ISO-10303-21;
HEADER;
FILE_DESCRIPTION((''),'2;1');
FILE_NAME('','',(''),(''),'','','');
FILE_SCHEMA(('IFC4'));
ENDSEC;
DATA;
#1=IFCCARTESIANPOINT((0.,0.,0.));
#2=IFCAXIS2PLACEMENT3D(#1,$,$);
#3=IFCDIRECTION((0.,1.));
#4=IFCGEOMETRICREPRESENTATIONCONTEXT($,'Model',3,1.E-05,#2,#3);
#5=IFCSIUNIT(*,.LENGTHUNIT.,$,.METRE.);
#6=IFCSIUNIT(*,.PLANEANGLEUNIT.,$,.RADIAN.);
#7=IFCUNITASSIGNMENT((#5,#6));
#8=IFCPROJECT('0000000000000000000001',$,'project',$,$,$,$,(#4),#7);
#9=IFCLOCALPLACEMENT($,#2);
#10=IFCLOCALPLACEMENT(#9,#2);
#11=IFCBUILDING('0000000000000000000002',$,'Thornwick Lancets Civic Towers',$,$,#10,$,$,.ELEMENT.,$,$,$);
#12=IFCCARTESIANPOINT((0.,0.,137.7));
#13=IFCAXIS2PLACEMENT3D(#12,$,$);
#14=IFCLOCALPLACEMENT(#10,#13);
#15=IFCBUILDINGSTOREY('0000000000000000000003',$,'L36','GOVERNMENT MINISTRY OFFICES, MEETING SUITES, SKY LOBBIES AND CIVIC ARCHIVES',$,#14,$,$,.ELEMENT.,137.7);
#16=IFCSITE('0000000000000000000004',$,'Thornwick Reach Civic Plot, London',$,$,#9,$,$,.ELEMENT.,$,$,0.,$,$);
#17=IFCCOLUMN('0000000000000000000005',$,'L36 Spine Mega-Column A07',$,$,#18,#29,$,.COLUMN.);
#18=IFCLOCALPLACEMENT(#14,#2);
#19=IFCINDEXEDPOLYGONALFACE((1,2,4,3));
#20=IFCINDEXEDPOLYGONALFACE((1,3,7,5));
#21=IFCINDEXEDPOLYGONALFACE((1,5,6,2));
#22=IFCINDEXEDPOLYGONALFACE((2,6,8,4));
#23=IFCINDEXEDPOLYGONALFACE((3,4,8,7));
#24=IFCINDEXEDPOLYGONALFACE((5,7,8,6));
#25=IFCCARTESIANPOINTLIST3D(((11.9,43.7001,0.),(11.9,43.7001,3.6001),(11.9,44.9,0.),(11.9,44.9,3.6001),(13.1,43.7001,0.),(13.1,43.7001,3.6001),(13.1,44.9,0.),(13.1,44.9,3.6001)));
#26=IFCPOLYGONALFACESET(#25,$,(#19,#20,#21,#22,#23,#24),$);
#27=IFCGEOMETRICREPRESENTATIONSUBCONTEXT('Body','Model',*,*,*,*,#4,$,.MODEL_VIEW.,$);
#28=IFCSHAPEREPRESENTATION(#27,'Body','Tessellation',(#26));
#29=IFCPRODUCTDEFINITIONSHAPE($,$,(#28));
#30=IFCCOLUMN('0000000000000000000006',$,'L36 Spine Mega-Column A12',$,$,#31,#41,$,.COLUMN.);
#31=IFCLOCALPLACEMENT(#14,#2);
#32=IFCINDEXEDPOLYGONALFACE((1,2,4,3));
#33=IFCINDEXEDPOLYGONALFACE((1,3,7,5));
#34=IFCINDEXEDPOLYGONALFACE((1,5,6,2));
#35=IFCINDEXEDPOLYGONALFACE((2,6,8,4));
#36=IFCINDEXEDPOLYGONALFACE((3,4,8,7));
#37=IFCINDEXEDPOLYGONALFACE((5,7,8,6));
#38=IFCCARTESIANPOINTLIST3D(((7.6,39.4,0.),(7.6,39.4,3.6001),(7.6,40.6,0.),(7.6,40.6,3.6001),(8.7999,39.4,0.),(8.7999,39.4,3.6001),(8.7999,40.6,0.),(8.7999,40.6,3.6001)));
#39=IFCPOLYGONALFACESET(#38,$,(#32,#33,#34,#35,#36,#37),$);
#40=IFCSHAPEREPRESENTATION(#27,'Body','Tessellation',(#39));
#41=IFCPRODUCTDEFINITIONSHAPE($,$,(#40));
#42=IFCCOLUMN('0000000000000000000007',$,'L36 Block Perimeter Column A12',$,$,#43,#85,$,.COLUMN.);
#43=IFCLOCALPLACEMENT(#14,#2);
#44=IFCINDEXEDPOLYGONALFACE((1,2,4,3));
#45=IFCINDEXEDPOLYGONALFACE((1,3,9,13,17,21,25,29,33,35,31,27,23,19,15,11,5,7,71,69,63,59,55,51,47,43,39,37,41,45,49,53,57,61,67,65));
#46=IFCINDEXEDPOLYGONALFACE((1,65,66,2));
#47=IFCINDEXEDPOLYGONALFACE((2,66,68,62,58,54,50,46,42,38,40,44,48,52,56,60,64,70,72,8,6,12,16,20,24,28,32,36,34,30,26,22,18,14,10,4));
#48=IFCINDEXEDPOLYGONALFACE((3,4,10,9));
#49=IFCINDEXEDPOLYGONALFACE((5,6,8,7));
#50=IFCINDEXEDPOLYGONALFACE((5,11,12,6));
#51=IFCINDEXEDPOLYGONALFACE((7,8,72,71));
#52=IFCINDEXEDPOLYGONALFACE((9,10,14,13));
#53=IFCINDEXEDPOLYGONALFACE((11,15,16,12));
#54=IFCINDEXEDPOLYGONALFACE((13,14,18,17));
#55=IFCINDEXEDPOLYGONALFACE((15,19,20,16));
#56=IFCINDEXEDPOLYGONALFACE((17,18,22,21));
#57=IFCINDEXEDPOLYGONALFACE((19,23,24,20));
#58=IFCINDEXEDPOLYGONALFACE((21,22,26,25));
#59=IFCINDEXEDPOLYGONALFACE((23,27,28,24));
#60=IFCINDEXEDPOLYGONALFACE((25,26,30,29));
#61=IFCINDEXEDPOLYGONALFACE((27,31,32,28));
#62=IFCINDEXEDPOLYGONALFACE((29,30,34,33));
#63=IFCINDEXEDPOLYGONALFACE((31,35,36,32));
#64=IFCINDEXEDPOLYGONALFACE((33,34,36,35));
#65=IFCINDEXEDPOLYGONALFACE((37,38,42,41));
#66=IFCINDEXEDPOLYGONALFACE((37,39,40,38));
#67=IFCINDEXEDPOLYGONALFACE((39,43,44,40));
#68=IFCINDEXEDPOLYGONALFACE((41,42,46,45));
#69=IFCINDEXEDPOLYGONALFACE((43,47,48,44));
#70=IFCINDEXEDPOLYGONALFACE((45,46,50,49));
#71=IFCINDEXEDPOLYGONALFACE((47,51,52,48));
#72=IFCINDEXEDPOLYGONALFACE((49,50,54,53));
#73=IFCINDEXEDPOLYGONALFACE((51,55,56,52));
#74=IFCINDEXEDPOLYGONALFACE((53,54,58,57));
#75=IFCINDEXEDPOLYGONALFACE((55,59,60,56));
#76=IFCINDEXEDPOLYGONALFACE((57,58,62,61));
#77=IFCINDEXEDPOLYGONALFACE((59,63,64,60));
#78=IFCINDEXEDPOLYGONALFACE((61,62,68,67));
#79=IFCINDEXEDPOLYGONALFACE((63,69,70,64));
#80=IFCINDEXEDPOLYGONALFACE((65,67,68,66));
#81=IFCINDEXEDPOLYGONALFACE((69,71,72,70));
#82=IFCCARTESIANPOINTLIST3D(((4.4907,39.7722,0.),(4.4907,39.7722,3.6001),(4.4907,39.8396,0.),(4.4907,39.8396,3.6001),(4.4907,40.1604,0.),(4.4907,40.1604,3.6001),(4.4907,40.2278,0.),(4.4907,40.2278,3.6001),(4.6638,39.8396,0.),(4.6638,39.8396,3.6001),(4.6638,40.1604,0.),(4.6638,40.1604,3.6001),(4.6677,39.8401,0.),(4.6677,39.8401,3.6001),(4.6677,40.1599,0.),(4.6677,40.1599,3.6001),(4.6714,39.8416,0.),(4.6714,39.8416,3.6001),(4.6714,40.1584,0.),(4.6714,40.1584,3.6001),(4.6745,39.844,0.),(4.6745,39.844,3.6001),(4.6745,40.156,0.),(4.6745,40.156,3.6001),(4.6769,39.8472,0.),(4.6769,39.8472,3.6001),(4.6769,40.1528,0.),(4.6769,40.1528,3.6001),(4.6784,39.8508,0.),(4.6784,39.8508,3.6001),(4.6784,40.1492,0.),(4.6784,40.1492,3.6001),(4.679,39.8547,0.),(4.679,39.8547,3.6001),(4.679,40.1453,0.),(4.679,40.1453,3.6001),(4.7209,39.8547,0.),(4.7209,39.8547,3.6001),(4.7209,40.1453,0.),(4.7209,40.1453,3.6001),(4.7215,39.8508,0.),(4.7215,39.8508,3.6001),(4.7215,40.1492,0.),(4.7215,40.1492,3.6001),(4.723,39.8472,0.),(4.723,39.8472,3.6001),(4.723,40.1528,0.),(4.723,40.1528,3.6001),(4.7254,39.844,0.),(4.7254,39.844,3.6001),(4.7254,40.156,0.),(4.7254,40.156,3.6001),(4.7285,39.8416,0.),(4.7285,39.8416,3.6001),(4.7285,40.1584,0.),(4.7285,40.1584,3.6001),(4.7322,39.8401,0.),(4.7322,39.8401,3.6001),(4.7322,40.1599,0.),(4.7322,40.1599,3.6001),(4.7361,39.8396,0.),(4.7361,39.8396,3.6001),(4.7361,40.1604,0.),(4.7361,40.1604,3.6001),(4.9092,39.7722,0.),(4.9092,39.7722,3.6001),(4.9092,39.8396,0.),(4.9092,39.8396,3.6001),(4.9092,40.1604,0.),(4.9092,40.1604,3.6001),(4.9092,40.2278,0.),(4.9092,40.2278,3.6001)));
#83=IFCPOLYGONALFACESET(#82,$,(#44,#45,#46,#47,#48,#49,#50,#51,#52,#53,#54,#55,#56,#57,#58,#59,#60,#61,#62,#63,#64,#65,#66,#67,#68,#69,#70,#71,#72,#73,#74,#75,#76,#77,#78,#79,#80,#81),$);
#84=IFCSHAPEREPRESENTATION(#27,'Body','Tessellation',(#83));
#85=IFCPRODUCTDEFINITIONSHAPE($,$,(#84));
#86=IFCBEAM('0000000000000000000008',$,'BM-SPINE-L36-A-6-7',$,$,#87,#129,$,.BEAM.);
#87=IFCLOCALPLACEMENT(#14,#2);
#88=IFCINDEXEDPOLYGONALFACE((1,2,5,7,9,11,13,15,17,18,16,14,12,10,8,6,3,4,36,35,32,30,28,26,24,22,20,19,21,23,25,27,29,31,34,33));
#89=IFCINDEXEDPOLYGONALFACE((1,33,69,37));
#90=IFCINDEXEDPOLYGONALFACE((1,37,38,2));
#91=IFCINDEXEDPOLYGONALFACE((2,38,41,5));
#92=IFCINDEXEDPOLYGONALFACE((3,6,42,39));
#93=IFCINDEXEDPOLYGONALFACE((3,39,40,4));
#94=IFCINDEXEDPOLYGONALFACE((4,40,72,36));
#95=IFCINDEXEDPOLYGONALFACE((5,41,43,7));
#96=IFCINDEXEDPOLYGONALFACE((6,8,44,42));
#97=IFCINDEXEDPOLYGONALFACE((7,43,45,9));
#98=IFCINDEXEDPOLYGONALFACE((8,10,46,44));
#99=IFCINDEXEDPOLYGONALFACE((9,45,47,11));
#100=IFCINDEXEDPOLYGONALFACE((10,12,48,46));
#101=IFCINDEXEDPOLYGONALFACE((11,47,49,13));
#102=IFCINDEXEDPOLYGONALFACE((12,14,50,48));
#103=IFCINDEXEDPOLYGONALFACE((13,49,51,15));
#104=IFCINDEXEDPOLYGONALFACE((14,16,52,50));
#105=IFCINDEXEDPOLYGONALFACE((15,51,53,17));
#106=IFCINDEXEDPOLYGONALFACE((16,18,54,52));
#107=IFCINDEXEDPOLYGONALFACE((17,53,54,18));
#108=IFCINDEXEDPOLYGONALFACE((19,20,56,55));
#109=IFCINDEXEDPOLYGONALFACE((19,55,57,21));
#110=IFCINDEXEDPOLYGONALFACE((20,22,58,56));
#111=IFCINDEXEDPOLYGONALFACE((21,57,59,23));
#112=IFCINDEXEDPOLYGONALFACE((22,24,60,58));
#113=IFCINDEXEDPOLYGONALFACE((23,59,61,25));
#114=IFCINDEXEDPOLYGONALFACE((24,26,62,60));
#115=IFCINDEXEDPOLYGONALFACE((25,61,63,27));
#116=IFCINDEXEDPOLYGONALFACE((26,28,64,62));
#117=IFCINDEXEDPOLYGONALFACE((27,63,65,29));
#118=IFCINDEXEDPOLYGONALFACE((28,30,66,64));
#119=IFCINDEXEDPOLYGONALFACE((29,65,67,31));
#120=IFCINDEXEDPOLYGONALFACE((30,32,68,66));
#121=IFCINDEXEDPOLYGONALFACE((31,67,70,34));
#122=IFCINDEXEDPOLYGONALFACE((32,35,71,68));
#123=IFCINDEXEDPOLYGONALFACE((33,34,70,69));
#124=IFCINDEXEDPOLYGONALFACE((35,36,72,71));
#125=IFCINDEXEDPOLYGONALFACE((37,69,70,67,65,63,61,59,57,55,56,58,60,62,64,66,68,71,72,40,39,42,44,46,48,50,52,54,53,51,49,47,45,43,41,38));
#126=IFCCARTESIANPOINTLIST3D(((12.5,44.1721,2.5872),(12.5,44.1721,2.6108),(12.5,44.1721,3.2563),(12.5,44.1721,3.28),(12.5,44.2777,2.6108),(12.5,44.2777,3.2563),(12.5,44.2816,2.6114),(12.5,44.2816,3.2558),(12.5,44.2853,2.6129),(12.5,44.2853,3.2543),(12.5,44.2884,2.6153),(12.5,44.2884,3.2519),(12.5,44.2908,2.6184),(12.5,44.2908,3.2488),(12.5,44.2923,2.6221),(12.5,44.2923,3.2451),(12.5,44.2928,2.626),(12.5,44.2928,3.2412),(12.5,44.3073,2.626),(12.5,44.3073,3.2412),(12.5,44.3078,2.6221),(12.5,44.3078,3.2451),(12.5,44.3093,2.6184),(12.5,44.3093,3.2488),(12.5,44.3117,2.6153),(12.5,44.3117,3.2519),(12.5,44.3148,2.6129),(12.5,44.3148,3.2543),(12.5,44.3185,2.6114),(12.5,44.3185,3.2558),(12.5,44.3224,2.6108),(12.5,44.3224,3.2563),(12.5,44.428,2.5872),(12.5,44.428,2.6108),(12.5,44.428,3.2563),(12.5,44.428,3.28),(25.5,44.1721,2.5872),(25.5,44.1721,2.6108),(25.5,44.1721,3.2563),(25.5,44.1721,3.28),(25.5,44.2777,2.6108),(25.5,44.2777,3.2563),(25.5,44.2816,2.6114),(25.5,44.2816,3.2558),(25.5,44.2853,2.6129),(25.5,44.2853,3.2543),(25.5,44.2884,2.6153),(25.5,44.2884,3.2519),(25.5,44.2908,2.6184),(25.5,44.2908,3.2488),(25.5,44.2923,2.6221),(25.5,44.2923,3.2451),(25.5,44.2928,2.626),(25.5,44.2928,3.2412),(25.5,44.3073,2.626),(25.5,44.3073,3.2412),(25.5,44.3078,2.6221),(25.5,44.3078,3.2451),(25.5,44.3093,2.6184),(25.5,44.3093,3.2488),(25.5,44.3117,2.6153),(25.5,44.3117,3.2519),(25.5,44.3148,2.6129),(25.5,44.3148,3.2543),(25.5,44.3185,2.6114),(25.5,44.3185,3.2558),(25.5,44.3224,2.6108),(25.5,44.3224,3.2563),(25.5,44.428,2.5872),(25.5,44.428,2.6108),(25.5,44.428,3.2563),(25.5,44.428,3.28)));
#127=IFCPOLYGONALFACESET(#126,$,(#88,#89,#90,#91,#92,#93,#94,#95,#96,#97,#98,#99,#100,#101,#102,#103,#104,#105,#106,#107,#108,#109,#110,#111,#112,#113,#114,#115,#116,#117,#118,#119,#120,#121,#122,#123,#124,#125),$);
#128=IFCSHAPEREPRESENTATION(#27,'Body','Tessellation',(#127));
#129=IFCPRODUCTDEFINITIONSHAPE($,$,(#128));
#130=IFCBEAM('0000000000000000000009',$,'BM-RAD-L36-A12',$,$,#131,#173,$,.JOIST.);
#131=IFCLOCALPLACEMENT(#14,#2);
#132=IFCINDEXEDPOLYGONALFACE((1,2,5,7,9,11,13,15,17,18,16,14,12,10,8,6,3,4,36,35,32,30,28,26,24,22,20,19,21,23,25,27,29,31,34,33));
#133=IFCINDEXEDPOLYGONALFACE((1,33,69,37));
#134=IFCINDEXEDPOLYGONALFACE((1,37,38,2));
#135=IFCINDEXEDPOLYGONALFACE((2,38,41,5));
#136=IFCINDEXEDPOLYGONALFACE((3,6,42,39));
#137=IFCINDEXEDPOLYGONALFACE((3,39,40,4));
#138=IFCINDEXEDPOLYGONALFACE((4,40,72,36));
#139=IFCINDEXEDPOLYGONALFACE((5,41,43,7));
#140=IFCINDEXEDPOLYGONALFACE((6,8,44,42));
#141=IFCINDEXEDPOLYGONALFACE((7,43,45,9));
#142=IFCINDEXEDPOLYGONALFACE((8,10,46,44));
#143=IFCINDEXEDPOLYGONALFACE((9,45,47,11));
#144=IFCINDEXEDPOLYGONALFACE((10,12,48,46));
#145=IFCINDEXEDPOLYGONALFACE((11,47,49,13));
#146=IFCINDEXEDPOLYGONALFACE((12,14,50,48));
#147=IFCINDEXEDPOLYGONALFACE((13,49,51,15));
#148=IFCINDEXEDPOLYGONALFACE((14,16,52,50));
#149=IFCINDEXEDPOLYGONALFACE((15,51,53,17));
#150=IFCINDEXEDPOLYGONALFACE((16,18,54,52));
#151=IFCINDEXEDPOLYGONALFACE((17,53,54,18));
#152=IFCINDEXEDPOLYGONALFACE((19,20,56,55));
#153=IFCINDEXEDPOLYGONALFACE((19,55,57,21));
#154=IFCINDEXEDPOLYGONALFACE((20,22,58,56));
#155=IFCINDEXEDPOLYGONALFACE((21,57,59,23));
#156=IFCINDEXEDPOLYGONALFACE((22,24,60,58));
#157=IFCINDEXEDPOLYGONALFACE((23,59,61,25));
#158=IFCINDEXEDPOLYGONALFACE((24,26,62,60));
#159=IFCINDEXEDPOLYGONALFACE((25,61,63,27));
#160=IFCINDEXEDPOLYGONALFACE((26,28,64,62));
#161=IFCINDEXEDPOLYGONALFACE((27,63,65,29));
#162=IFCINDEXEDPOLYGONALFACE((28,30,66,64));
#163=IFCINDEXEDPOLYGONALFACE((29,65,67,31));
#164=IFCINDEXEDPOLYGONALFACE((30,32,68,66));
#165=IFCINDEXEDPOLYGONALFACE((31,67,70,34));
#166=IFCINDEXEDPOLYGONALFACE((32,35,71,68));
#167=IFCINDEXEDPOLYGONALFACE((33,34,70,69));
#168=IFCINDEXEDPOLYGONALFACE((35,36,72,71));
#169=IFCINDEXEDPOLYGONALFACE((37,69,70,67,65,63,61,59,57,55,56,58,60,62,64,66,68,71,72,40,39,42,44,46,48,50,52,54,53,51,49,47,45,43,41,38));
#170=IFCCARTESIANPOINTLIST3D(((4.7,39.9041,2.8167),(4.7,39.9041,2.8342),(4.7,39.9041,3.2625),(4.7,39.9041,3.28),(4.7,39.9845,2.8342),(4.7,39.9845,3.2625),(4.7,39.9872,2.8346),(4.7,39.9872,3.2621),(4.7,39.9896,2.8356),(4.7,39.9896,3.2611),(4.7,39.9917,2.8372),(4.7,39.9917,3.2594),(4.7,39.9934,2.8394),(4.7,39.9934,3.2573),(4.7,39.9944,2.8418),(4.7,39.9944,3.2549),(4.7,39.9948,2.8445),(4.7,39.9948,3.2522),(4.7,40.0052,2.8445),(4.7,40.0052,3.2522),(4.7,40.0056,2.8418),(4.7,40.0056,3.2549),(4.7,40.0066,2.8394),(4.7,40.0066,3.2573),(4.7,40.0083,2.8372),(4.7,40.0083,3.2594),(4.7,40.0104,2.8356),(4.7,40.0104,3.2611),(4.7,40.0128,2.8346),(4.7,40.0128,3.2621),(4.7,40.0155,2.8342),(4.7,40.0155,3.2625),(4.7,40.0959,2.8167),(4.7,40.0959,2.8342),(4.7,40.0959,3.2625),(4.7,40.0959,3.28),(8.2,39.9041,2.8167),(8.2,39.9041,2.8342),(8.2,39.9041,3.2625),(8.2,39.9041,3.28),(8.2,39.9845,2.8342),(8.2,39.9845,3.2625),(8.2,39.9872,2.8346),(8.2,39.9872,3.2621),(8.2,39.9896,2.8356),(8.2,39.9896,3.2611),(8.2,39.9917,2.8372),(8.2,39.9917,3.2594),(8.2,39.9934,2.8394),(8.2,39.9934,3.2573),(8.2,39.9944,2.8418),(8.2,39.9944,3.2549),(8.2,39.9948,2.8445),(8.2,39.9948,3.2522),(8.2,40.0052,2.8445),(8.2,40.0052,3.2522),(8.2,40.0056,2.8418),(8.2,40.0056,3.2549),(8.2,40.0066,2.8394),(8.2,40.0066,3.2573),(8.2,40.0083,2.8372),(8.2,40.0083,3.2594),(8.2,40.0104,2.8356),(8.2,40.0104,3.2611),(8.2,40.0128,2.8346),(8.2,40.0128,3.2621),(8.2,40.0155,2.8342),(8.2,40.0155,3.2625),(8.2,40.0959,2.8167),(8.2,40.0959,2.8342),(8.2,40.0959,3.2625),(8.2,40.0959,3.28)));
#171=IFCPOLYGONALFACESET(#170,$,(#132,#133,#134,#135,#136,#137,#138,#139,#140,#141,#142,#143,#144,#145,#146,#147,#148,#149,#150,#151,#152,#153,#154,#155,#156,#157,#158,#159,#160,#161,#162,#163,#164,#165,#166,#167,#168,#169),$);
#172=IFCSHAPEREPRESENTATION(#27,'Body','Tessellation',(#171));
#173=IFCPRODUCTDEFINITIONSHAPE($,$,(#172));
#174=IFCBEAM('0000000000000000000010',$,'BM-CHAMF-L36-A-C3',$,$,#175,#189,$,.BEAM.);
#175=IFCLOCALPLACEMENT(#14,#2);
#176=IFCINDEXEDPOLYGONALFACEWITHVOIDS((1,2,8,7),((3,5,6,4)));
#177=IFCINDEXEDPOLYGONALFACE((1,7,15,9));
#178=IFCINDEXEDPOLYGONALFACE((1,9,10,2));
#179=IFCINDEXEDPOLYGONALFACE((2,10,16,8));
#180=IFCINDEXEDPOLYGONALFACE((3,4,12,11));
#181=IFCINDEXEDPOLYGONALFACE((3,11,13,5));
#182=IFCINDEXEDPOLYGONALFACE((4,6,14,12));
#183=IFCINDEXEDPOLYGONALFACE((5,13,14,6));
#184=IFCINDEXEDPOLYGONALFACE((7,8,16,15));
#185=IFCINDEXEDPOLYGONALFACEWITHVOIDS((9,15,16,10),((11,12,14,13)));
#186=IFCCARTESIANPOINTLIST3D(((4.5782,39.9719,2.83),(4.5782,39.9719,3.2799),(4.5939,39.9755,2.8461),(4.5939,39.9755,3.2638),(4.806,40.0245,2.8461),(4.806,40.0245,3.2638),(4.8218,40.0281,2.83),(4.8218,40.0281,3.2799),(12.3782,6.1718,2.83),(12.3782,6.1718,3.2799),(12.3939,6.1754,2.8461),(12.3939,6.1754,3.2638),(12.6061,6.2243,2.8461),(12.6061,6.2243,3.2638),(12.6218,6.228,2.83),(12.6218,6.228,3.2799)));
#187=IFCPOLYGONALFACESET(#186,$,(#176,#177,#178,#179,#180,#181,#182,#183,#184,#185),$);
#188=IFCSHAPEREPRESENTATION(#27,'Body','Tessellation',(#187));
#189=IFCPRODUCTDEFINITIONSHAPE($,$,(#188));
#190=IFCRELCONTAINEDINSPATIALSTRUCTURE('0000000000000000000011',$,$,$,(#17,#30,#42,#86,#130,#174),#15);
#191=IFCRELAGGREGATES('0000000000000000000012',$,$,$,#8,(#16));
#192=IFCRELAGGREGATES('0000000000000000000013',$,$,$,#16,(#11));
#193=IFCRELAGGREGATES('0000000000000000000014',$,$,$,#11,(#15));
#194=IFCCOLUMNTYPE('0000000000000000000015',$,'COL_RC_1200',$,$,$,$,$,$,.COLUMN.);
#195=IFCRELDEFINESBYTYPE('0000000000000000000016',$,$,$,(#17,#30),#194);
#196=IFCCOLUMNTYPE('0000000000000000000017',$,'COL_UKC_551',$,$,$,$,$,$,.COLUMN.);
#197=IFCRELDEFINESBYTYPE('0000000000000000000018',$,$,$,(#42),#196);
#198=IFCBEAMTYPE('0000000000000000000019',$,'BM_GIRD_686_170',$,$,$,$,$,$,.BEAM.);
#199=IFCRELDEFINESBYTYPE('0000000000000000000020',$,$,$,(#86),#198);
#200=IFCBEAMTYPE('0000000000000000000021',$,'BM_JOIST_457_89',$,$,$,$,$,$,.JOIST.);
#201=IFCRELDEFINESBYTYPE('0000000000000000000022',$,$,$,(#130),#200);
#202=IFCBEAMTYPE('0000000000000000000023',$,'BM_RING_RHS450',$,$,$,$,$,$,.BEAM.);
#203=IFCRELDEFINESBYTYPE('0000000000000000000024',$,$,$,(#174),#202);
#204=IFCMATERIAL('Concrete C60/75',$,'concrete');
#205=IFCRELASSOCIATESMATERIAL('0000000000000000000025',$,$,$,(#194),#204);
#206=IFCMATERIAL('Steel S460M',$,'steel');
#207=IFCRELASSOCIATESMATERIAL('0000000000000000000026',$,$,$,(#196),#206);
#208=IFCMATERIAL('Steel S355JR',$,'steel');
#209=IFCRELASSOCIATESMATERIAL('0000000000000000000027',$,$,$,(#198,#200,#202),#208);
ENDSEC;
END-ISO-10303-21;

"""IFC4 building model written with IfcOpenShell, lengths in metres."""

from ifc_helpers import new_model, si_unit, direction, frame, origin, origin_2d, place, context, subcontext, project, spatial, rectangle, hollow_rectangle, i_section, extrude, material, material_profile, profile_set, type_object, element, save


model = new_model("IFC4")

# Units and contexts
model_context = context("Model", 3, precision=1e-05, world=origin(), true_north=direction((0.0, 1.0)))
body_context = subcontext(model_context, "Body", "Model", "MODEL_VIEW")
ifc_project = project(units=[si_unit("LENGTHUNIT", "METRE"), si_unit("PLANEANGLEUNIT", "RADIAN")], contexts=[model_context])

# Site, building, storey
site_placement = place(None, origin())
site = spatial("IfcSite", under=ifc_project, at=site_placement, Name="Thornwick Reach Civic Plot, London", CompositionType="ELEMENT", RefElevation=0.0)
building_placement = place(site_placement, origin())
building = spatial("IfcBuilding", under=site, at=building_placement, Name="Thornwick Lancets Civic Towers", CompositionType="ELEMENT")
storey_placement = place(building_placement, frame((0.0, 0.0, 137.7)))
storey = spatial("IfcBuildingStorey", under=building, at=storey_placement, Name="L36", Description="GOVERNMENT MINISTRY OFFICES, MEETING SUITES, SKY LOBBIES AND CIVIC ARCHIVES", CompositionType="ELEMENT", Elevation=137.7)

# Columns
ifc_material_1 = material(Name="Concrete C60/75", Category="concrete")
ifc_material_profile_1 = material_profile(ifc_material_1, rectangle(XDim=1.2, YDim=1.2, at=origin_2d()), Name="RC 1200x1200")
ifc_profile_set_1 = profile_set([ifc_material_profile_1], Name="Concrete C60/75")
column_type_1 = type_object("IfcColumnType", Name="COL_RC_1200", PredefinedType="COLUMN", material=ifc_profile_set_1)
for number, where, z_axis, x_axis, name in (
    (1, (12.5, 44.3, 0.0), (0.0, 0.0, 1.0), (1.0, 0.0, 0.0), "L36 Spine Mega-Column A07"),
    (2, (8.2, 40.0, 0.0), (0.0, 0.0, 1.0), (1.0, 0.0, 0.0), "L36 Spine Mega-Column A12"),
):
    element("IfcColumn", number, at=place(storey_placement, frame(where, z_axis=z_axis, x_axis=x_axis)), inside=storey, type_object=column_type_1, Name=name, PredefinedType="COLUMN", context=body_context, shape_type="SweptSolid", body=[
        extrude(rectangle(XDim=1.2, YDim=1.2, at=origin_2d()), origin(), (0.0, 0.0, 1.0), 3.6001),
    ])
ifc_material_2 = material(Name="Steel S460M", Category="steel")
ifc_material_profile_2 = material_profile(ifc_material_2, i_section(OverallWidth=0.4185, OverallDepth=0.4556, WebThickness=0.042, FlangeThickness=0.0674, FilletRadius=0.0151, at=origin_2d()), Name="UKC 356x406x551")
ifc_profile_set_2 = profile_set([ifc_material_profile_2], Name="Steel S460M")
column_type_2 = type_object("IfcColumnType", Name="COL_UKC_551", PredefinedType="COLUMN", material=ifc_profile_set_2)
column_placement = place(storey_placement, frame((4.7, 40.0, 0.0), z_axis=(0.0, 0.0, 1.0), x_axis=(1.0, 0.0, 0.0)))
element("IfcColumn", 3, at=column_placement, inside=storey, type_object=column_type_2, Name="L36 Block Perimeter Column A12", PredefinedType="COLUMN", context=body_context, shape_type="SweptSolid", body=[
    extrude(i_section(OverallWidth=0.4185, OverallDepth=0.4556, WebThickness=0.042, FlangeThickness=0.0674, FilletRadius=0.0151, at=origin_2d()), origin(), (0.0, 0.0, 1.0), 3.6001),
])

# Beams
ifc_material_3 = material(Name="Steel S355JR", Category="steel")
ifc_material_profile_3 = material_profile(ifc_material_3, i_section(OverallWidth=0.2559, OverallDepth=0.6929, WebThickness=0.0144, FlangeThickness=0.0237, FilletRadius=0.0151, at=origin_2d()), Name="UKB 686x254x170")
ifc_profile_set_3 = profile_set([ifc_material_profile_3], Name="Steel S355JR")
beam_type_1 = type_object("IfcBeamType", Name="BM_GIRD_686_170", PredefinedType="BEAM", material=ifc_profile_set_3)
beam_1_placement = place(storey_placement, frame((12.5, 44.3, 2.9336), z_axis=(1.0, 0.0, 0.0), x_axis=(0.0, 1.0, 0.0)))
element("IfcBeam", 4, at=beam_1_placement, inside=storey, type_object=beam_type_1, Name="BM-SPINE-L36-A-6-7", PredefinedType="BEAM", context=body_context, shape_type="SweptSolid", body=[
    extrude(i_section(OverallWidth=0.2559, OverallDepth=0.6929, WebThickness=0.0144, FlangeThickness=0.0237, FilletRadius=0.0151, at=origin_2d()), origin(), (0.0, 0.0, 1.0), 13.0),
])
ifc_material_profile_4 = material_profile(ifc_material_3, i_section(OverallWidth=0.1919, OverallDepth=0.4634, WebThickness=0.0105, FlangeThickness=0.0176, FilletRadius=0.0103, at=origin_2d()), Name="UKB 457x191x89")
ifc_profile_set_4 = profile_set([ifc_material_profile_4], Name="Steel S355JR")
beam_type_2 = type_object("IfcBeamType", Name="BM_JOIST_457_89", PredefinedType="JOIST", material=ifc_profile_set_4)
beam_2_placement = place(storey_placement, frame((8.2, 40.0, 3.0483), z_axis=(-1.0, 0.0, 0.0), x_axis=(0.0, -1.0, 0.0)))
element("IfcBeam", 5, at=beam_2_placement, inside=storey, type_object=beam_type_2, Name="BM-RAD-L36-A12", PredefinedType="JOIST", context=body_context, shape_type="SweptSolid", body=[
    extrude(i_section(OverallWidth=0.1919, OverallDepth=0.4634, WebThickness=0.0105, FlangeThickness=0.0176, FilletRadius=0.0103, at=origin_2d()), origin(), (0.0, 0.0, 1.0), 3.5),
])
ifc_material_profile_5 = material_profile(ifc_material_3, hollow_rectangle(XDim=0.25, YDim=0.45, WallThickness=0.0161, at=origin_2d()), Name="RHS 450x250x16")
ifc_profile_set_5 = profile_set([ifc_material_profile_5], Name="Steel S355JR")
beam_type_3 = type_object("IfcBeamType", Name="BM_RING_RHS450", PredefinedType="BEAM", material=ifc_profile_set_5)
beam_3_placement = place(storey_placement, frame((4.7, 40.0, 3.0549), z_axis=(0.224861, -0.974391, 0.0), x_axis=(0.974391, 0.224861, 0.0)))
element("IfcBeam", 6, at=beam_3_placement, inside=storey, type_object=beam_type_3, Name="BM-CHAMF-L36-A-C3", PredefinedType="BEAM", context=body_context, shape_type="SweptSolid", body=[
    extrude(hollow_rectangle(XDim=0.25, YDim=0.45, WallThickness=0.0161, at=origin_2d()), origin(), (0.0, 0.0, 1.0), 34.6885),
])

save(model, "model.ifc")
